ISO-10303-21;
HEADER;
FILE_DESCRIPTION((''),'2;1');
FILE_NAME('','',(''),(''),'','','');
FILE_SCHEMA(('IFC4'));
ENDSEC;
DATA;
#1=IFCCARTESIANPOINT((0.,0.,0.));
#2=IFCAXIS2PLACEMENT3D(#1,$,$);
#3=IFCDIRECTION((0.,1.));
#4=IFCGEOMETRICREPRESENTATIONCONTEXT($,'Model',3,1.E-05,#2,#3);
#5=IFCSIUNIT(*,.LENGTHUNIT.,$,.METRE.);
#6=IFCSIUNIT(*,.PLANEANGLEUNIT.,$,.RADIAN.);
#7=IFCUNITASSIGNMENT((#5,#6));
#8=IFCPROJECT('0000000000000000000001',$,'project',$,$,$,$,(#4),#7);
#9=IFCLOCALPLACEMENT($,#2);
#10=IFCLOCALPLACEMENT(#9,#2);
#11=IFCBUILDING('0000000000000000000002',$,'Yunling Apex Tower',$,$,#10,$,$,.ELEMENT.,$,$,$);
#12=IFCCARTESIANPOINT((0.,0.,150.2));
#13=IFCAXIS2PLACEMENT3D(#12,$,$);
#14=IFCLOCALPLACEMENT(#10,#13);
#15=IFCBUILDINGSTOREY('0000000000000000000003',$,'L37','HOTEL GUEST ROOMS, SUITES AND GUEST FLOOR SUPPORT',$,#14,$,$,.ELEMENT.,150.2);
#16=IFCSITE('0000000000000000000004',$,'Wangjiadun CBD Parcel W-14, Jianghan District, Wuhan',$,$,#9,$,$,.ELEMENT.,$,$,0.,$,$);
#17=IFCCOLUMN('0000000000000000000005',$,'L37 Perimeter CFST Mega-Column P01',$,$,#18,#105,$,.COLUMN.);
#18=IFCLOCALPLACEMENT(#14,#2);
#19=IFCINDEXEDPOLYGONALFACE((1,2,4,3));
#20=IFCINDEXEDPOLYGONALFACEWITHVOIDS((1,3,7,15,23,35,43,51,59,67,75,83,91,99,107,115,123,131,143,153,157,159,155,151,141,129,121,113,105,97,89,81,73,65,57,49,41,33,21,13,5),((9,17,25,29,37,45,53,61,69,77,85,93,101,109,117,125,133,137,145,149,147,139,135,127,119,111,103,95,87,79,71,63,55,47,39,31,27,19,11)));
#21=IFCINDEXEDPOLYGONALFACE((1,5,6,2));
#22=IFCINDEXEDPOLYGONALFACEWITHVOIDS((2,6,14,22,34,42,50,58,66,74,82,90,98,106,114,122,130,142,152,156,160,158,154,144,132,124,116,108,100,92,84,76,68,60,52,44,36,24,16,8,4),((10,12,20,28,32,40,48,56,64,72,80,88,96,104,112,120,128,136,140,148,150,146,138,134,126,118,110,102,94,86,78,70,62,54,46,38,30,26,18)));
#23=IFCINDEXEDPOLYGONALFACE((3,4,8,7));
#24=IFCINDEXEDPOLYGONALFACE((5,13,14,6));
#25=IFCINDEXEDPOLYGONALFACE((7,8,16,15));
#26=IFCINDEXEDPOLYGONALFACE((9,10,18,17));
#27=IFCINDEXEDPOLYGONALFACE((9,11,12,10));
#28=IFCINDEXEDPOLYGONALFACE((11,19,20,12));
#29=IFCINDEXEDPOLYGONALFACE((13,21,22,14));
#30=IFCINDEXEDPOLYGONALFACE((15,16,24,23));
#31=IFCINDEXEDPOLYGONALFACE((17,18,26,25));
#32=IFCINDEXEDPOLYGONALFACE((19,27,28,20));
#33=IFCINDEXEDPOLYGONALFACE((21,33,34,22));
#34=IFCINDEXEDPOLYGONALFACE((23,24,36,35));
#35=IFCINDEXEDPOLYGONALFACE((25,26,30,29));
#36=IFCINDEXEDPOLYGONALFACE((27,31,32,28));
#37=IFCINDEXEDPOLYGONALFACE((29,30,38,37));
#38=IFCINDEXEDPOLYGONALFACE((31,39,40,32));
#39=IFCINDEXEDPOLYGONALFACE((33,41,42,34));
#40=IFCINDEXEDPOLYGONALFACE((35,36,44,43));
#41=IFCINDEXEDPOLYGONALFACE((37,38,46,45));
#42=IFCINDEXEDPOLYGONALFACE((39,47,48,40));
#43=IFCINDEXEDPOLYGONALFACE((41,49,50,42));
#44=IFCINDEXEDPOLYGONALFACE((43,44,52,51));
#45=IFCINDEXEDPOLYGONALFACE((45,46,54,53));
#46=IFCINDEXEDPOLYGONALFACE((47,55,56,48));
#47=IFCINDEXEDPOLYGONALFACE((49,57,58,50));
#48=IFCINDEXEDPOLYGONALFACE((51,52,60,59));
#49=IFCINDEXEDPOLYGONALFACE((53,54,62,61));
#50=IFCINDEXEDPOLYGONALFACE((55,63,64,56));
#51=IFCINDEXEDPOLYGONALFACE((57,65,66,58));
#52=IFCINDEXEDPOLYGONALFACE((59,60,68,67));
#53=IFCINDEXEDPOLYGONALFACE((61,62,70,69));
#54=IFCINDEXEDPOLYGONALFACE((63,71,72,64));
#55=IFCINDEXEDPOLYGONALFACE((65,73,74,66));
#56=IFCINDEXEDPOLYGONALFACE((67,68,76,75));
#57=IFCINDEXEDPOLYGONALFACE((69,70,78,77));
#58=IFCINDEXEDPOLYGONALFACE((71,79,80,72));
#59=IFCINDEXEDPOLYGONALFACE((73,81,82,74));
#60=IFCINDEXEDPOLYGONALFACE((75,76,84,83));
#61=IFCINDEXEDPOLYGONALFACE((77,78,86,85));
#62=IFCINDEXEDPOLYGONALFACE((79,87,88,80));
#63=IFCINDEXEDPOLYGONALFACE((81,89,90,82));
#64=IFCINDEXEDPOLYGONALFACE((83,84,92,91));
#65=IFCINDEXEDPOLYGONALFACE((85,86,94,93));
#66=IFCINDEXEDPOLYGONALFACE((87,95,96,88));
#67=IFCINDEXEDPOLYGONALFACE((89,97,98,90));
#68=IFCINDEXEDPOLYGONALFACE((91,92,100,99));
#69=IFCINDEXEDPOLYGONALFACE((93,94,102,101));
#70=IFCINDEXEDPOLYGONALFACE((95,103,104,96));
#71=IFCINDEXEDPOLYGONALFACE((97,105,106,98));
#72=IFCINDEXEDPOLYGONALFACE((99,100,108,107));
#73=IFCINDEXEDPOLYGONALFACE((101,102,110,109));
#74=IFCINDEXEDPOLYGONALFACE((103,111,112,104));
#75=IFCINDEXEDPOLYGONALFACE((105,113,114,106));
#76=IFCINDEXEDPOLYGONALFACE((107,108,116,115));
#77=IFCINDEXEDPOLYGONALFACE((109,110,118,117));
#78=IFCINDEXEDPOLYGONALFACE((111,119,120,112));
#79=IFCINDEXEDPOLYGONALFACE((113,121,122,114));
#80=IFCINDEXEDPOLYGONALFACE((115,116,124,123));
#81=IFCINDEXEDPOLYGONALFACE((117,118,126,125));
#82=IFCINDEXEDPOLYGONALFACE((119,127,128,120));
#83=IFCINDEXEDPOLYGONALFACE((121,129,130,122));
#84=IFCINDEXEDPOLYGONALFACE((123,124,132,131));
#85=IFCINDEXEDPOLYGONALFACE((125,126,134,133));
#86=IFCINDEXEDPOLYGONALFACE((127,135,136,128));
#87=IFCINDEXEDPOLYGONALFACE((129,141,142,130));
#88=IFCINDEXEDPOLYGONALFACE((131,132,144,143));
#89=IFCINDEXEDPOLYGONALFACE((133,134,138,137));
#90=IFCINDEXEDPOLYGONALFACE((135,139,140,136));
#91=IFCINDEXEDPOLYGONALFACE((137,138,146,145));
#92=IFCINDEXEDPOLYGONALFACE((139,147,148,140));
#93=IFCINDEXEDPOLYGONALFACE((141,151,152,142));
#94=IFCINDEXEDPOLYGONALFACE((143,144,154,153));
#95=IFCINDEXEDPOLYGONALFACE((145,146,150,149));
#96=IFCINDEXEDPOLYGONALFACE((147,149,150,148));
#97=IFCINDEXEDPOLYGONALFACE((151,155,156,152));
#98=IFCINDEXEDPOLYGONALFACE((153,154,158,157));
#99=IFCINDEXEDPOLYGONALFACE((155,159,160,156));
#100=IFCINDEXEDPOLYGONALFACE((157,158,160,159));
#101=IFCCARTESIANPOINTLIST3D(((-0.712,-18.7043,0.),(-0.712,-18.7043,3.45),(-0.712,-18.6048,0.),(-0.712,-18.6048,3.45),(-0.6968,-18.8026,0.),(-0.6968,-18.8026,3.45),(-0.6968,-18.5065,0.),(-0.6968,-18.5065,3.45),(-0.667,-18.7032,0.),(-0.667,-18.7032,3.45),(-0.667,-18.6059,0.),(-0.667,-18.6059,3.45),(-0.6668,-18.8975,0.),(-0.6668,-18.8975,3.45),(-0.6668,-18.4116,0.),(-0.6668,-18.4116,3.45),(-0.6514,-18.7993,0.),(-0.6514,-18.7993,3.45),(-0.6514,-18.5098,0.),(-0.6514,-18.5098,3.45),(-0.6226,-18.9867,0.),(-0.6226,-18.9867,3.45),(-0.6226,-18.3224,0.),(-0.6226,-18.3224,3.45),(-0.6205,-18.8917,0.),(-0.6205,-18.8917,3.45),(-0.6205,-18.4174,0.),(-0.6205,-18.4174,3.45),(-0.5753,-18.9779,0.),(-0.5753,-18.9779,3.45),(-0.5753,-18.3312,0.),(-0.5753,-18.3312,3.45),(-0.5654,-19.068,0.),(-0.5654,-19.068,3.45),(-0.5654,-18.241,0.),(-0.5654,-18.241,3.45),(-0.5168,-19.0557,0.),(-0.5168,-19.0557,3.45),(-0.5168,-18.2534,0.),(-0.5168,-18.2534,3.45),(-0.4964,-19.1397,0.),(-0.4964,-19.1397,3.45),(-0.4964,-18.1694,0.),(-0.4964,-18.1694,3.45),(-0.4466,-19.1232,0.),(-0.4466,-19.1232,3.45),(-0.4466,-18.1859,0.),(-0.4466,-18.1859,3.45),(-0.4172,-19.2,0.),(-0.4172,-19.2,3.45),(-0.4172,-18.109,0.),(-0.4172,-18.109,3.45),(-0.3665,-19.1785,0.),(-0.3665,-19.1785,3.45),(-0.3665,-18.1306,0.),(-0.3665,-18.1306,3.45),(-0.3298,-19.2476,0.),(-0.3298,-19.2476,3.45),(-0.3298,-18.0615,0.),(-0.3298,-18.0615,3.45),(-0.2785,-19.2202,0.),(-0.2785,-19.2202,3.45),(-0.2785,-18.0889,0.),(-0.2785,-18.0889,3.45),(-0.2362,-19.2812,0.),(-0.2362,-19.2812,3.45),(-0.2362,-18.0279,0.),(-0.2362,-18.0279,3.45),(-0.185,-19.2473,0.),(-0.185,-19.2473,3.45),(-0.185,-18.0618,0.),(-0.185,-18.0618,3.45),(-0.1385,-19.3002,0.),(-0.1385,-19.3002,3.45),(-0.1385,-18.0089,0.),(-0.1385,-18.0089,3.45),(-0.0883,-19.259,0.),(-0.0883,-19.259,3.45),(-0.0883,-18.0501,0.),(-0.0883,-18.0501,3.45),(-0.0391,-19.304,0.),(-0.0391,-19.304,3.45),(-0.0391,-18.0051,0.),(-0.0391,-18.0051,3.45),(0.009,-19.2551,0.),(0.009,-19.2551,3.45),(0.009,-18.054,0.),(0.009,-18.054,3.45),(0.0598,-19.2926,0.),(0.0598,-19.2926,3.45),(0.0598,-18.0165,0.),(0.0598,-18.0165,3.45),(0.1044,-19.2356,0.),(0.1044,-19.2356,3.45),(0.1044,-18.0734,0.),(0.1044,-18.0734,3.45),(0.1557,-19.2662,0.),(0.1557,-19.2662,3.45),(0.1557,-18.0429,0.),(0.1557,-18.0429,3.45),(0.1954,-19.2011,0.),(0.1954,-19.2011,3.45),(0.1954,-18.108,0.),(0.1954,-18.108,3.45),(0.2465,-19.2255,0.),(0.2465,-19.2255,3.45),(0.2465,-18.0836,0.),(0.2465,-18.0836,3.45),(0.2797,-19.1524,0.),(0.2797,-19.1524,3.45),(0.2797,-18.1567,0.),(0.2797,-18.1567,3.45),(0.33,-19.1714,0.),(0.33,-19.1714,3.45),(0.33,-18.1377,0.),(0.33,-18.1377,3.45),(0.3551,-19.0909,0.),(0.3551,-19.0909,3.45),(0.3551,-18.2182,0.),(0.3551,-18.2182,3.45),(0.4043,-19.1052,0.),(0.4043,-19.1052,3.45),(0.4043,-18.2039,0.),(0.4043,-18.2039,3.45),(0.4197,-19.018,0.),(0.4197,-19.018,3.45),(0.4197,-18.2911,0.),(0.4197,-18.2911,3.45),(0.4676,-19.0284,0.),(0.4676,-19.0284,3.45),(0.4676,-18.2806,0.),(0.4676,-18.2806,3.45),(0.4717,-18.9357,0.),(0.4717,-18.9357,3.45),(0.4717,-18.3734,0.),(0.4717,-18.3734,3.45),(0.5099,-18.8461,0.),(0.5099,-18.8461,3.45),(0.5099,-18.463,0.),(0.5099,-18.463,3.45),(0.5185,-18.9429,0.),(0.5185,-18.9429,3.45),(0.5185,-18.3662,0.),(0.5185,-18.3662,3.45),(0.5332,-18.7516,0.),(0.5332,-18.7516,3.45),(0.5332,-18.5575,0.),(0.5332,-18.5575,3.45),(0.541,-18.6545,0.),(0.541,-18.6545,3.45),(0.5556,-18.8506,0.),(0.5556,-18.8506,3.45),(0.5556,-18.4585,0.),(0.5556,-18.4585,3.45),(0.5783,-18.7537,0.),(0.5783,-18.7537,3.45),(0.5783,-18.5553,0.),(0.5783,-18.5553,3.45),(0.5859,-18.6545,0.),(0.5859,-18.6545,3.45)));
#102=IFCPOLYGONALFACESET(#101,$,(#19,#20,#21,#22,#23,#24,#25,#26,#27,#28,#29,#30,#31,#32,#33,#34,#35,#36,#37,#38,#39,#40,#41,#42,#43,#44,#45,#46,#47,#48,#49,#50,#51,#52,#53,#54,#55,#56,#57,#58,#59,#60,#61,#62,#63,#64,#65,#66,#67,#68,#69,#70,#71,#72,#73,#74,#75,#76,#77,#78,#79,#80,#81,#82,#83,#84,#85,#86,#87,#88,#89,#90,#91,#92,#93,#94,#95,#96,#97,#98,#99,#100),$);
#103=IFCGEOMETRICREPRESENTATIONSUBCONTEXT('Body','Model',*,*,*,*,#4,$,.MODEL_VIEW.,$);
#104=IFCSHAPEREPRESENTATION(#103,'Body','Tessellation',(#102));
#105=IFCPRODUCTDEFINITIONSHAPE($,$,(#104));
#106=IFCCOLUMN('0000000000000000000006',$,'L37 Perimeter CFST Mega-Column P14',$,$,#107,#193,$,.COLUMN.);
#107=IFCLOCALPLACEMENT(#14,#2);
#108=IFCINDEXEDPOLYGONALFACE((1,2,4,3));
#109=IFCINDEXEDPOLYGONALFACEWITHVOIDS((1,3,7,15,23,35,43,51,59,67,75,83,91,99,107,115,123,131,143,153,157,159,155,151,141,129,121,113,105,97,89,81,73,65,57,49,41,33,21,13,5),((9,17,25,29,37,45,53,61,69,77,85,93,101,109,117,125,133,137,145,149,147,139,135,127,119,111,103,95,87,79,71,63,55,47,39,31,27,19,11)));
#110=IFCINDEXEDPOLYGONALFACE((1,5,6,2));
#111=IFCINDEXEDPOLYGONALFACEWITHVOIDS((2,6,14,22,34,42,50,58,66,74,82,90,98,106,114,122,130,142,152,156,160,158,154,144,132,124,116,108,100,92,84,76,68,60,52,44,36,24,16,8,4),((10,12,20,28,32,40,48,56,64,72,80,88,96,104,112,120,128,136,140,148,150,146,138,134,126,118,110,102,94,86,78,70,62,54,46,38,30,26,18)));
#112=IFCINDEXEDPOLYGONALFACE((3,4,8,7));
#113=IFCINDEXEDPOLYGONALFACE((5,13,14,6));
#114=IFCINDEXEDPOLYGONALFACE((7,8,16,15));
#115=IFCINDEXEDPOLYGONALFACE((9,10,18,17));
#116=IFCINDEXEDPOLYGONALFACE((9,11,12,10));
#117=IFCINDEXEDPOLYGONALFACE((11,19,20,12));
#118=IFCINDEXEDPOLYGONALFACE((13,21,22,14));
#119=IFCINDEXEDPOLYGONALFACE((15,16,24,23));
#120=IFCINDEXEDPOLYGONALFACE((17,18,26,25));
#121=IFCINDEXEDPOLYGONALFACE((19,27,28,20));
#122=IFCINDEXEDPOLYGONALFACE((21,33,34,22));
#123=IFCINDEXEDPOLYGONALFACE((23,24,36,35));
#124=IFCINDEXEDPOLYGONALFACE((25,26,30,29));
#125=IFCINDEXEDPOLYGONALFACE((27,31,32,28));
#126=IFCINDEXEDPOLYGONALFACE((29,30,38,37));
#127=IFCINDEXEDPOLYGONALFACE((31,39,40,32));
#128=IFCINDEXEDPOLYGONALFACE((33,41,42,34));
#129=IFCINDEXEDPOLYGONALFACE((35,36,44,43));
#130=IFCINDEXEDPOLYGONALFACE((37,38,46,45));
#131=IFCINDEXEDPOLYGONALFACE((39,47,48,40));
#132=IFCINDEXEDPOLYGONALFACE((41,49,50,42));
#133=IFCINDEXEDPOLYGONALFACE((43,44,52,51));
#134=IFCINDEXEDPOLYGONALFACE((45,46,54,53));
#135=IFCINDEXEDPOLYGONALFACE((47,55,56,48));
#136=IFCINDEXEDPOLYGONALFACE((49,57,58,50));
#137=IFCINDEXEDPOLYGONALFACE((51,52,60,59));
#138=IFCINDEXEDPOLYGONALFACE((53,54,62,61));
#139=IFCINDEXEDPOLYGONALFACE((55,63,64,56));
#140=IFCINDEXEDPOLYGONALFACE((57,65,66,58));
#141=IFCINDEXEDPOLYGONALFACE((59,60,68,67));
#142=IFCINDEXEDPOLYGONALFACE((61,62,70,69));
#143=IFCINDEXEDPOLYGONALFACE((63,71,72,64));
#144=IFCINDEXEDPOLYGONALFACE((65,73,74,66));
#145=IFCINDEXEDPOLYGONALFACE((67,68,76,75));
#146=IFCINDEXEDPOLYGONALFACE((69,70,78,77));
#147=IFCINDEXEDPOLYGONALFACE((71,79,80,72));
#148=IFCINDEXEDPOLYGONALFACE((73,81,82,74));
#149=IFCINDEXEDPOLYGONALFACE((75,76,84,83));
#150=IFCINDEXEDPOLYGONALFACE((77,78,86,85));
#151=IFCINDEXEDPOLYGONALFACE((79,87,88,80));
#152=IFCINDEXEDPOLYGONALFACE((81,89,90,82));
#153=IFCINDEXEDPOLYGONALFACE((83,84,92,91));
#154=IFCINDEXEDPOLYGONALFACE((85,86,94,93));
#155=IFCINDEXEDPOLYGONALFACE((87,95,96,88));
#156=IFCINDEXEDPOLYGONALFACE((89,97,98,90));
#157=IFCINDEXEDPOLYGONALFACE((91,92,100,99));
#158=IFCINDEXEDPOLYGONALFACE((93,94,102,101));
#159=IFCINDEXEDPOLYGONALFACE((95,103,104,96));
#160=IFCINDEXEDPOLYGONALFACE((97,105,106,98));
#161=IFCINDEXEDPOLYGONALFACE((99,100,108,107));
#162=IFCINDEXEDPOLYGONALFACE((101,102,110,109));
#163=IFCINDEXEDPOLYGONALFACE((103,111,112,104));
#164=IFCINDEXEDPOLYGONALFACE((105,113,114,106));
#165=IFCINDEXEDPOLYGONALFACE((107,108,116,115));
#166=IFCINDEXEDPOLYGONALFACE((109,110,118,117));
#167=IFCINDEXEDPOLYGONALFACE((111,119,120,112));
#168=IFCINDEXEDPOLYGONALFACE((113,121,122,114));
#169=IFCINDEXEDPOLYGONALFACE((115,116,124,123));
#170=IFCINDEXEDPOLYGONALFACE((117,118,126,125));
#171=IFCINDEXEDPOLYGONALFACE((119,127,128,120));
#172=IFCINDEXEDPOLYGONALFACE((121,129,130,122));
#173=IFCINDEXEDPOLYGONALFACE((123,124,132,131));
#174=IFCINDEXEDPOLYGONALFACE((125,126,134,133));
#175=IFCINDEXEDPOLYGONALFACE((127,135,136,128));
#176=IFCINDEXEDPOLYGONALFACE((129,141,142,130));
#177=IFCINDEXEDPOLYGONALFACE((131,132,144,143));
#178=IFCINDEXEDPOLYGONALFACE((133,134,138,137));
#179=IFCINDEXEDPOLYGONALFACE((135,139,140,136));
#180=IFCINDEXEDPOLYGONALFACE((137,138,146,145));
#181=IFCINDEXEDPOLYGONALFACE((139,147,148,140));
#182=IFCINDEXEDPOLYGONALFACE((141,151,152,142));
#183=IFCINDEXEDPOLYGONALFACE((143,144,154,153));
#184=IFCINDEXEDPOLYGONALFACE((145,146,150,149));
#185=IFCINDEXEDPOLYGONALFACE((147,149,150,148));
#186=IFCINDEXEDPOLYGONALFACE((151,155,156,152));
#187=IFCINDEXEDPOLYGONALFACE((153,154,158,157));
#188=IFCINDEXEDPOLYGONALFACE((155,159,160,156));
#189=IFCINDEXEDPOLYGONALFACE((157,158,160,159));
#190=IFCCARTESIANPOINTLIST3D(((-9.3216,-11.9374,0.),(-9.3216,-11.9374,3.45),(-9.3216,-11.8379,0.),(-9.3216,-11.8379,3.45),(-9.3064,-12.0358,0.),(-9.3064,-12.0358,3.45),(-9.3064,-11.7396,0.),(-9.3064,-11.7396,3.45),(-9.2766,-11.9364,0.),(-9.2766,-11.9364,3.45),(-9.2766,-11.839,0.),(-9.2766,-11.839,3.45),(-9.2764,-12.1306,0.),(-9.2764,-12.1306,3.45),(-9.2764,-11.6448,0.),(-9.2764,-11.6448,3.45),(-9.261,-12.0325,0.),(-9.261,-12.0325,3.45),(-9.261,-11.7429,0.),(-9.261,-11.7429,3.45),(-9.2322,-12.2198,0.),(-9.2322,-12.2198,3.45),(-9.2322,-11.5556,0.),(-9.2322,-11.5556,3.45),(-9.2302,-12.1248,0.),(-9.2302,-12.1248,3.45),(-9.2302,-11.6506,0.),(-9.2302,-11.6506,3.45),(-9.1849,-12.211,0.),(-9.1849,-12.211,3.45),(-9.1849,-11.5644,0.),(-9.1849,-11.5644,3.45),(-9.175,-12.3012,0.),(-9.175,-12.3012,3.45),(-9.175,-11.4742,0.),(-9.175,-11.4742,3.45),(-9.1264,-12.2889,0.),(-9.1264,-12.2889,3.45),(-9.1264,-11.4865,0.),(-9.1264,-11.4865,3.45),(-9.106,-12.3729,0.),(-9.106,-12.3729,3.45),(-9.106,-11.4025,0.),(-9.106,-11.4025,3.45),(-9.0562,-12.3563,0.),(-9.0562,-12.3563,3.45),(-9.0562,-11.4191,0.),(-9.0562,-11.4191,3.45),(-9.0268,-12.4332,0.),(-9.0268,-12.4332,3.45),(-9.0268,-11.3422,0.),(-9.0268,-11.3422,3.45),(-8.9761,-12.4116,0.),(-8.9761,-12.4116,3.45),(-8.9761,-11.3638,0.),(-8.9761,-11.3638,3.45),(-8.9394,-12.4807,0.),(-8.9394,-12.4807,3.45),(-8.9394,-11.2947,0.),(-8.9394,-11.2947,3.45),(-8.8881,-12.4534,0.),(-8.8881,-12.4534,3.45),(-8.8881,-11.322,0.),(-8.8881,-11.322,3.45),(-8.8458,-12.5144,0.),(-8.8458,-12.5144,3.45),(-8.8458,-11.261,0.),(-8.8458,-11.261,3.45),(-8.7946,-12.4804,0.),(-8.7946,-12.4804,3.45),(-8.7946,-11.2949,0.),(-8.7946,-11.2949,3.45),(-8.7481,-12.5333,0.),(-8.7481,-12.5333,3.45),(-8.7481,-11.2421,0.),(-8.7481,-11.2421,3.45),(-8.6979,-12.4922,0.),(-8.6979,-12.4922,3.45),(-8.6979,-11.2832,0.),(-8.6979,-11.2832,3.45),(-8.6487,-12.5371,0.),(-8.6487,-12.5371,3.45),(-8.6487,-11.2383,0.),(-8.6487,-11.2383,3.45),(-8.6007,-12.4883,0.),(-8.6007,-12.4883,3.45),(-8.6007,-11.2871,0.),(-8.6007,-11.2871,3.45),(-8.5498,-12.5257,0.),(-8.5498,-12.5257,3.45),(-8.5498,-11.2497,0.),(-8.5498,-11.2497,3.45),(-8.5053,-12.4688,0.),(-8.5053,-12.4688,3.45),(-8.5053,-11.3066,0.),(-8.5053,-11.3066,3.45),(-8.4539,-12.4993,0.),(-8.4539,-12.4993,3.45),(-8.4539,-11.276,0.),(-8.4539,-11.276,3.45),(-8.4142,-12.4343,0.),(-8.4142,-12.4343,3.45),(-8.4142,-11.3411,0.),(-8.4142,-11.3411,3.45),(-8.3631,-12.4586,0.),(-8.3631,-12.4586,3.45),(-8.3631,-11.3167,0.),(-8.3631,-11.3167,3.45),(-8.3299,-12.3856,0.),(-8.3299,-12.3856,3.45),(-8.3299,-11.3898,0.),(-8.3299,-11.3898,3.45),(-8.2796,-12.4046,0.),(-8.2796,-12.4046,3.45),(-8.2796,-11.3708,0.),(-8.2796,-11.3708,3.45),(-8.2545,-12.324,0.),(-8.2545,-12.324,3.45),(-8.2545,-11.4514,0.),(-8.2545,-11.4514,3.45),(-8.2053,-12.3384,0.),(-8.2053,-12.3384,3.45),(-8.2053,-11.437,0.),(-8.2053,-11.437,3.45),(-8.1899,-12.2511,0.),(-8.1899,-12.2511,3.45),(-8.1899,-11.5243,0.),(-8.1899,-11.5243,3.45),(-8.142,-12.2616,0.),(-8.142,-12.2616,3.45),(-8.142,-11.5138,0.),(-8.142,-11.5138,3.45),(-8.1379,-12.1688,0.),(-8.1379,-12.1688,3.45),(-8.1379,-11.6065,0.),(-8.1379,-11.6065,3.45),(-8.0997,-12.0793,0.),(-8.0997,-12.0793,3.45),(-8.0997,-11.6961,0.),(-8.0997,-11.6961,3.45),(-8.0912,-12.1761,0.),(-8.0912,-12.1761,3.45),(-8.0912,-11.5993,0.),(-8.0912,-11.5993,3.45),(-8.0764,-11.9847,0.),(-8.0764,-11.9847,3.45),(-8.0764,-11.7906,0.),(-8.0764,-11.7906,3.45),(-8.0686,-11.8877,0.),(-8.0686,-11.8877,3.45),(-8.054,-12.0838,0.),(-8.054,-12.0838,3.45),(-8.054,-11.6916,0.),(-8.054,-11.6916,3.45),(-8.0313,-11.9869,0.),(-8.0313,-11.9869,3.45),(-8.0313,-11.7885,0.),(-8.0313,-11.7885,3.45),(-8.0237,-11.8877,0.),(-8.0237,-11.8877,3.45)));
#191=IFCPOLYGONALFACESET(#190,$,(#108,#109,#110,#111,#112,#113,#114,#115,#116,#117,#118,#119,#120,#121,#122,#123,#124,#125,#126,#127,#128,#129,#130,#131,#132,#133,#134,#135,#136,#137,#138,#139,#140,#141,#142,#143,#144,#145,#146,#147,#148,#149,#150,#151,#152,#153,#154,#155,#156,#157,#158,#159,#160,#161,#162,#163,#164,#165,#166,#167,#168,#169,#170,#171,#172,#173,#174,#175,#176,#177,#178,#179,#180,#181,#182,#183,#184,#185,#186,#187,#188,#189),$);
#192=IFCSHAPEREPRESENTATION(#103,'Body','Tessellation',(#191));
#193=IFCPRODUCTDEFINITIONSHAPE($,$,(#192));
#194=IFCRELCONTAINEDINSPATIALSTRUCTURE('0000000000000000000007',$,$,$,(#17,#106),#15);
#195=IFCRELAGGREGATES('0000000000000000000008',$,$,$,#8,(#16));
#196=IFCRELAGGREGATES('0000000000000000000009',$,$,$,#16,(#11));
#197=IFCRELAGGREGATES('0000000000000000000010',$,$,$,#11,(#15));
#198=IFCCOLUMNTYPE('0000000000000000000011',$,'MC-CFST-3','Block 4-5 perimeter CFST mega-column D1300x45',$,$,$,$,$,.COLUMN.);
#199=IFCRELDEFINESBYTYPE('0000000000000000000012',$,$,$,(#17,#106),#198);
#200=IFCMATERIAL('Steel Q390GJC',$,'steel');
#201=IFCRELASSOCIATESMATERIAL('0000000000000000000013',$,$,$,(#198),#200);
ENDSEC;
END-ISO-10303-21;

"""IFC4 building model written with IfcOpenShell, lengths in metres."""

from ifc_helpers import new_model, si_unit, direction, frame, origin, origin_2d, place, context, subcontext, project, spatial, hollow_circle, extrude, source, transform, mapped, material, material_profile, profile_set, type_object, element, save


model = new_model("IFC4")

# Units and contexts
model_context = context("Model", 3, precision=1e-05, world=origin(), true_north=direction((0.0, 1.0)))
body_context = subcontext(model_context, "Body", "Model", "MODEL_VIEW")
ifc_project = project(units=[si_unit("LENGTHUNIT", "METRE"), si_unit("PLANEANGLEUNIT", "RADIAN")], contexts=[model_context])

# Site, building, storey
site_placement = place(None, origin())
site = spatial("IfcSite", under=ifc_project, at=site_placement, Name="Wangjiadun CBD Parcel W-14, Jianghan District, Wuhan", CompositionType="ELEMENT", RefElevation=0.0)
building_placement = place(site_placement, origin())
building = spatial("IfcBuilding", under=site, at=building_placement, Name="Yunling Apex Tower", CompositionType="ELEMENT")
storey_placement = place(building_placement, frame((0.0, 0.0, 150.2)))
storey = spatial("IfcBuildingStorey", under=building, at=storey_placement, Name="L37", Description="HOTEL GUEST ROOMS, SUITES AND GUEST FLOOR SUPPORT", CompositionType="ELEMENT", Elevation=150.2)

# Columns
ifc_material_1 = material(Name="Steel Q390GJC", Category="steel")
ifc_material_profile_1 = material_profile(ifc_material_1, hollow_circle(Radius=0.6499, WallThickness=0.0449, at=origin_2d()))
ifc_profile_set_1 = profile_set([ifc_material_profile_1], Name="Steel Q390GJC")
column_type = type_object("IfcColumnType", Name="MC-CFST-3", Description="Block 4-5 perimeter CFST mega-column D1300x45", PredefinedType="COLUMN", material=ifc_profile_set_1)
shared_shape_1 = source(origin(), body_context, "Body", "SweptSolid", [
    extrude(hollow_circle(Radius=0.6499, WallThickness=0.0449, at=origin_2d()), origin(), (0.0, 0.0, 1.0), 3.45),
])
for number, where, z_axis, x_axis, name in (
    (1, (-0.064, -18.6545, 0.0), (0.0, 0.0, 1.0), (1.0, 0.0, 0.0), "L37 Perimeter CFST Mega-Column P01"),
    (2, (-8.6736, -11.8877, 0.0), (0.0, 0.0, 1.0), (1.0, 0.0, 0.0), "L37 Perimeter CFST Mega-Column P14"),
):
    element("IfcColumn", number, at=place(storey_placement, frame(where, z_axis=z_axis, x_axis=x_axis)), inside=storey, type_object=column_type, Name=name, PredefinedType="COLUMN", context=body_context, shape_type="MappedRepresentation", body=[
        mapped(shared_shape_1, transform((0.0, 0.0, 0.0), scale=1.0)),
    ])

save(model, "model.ifc")
